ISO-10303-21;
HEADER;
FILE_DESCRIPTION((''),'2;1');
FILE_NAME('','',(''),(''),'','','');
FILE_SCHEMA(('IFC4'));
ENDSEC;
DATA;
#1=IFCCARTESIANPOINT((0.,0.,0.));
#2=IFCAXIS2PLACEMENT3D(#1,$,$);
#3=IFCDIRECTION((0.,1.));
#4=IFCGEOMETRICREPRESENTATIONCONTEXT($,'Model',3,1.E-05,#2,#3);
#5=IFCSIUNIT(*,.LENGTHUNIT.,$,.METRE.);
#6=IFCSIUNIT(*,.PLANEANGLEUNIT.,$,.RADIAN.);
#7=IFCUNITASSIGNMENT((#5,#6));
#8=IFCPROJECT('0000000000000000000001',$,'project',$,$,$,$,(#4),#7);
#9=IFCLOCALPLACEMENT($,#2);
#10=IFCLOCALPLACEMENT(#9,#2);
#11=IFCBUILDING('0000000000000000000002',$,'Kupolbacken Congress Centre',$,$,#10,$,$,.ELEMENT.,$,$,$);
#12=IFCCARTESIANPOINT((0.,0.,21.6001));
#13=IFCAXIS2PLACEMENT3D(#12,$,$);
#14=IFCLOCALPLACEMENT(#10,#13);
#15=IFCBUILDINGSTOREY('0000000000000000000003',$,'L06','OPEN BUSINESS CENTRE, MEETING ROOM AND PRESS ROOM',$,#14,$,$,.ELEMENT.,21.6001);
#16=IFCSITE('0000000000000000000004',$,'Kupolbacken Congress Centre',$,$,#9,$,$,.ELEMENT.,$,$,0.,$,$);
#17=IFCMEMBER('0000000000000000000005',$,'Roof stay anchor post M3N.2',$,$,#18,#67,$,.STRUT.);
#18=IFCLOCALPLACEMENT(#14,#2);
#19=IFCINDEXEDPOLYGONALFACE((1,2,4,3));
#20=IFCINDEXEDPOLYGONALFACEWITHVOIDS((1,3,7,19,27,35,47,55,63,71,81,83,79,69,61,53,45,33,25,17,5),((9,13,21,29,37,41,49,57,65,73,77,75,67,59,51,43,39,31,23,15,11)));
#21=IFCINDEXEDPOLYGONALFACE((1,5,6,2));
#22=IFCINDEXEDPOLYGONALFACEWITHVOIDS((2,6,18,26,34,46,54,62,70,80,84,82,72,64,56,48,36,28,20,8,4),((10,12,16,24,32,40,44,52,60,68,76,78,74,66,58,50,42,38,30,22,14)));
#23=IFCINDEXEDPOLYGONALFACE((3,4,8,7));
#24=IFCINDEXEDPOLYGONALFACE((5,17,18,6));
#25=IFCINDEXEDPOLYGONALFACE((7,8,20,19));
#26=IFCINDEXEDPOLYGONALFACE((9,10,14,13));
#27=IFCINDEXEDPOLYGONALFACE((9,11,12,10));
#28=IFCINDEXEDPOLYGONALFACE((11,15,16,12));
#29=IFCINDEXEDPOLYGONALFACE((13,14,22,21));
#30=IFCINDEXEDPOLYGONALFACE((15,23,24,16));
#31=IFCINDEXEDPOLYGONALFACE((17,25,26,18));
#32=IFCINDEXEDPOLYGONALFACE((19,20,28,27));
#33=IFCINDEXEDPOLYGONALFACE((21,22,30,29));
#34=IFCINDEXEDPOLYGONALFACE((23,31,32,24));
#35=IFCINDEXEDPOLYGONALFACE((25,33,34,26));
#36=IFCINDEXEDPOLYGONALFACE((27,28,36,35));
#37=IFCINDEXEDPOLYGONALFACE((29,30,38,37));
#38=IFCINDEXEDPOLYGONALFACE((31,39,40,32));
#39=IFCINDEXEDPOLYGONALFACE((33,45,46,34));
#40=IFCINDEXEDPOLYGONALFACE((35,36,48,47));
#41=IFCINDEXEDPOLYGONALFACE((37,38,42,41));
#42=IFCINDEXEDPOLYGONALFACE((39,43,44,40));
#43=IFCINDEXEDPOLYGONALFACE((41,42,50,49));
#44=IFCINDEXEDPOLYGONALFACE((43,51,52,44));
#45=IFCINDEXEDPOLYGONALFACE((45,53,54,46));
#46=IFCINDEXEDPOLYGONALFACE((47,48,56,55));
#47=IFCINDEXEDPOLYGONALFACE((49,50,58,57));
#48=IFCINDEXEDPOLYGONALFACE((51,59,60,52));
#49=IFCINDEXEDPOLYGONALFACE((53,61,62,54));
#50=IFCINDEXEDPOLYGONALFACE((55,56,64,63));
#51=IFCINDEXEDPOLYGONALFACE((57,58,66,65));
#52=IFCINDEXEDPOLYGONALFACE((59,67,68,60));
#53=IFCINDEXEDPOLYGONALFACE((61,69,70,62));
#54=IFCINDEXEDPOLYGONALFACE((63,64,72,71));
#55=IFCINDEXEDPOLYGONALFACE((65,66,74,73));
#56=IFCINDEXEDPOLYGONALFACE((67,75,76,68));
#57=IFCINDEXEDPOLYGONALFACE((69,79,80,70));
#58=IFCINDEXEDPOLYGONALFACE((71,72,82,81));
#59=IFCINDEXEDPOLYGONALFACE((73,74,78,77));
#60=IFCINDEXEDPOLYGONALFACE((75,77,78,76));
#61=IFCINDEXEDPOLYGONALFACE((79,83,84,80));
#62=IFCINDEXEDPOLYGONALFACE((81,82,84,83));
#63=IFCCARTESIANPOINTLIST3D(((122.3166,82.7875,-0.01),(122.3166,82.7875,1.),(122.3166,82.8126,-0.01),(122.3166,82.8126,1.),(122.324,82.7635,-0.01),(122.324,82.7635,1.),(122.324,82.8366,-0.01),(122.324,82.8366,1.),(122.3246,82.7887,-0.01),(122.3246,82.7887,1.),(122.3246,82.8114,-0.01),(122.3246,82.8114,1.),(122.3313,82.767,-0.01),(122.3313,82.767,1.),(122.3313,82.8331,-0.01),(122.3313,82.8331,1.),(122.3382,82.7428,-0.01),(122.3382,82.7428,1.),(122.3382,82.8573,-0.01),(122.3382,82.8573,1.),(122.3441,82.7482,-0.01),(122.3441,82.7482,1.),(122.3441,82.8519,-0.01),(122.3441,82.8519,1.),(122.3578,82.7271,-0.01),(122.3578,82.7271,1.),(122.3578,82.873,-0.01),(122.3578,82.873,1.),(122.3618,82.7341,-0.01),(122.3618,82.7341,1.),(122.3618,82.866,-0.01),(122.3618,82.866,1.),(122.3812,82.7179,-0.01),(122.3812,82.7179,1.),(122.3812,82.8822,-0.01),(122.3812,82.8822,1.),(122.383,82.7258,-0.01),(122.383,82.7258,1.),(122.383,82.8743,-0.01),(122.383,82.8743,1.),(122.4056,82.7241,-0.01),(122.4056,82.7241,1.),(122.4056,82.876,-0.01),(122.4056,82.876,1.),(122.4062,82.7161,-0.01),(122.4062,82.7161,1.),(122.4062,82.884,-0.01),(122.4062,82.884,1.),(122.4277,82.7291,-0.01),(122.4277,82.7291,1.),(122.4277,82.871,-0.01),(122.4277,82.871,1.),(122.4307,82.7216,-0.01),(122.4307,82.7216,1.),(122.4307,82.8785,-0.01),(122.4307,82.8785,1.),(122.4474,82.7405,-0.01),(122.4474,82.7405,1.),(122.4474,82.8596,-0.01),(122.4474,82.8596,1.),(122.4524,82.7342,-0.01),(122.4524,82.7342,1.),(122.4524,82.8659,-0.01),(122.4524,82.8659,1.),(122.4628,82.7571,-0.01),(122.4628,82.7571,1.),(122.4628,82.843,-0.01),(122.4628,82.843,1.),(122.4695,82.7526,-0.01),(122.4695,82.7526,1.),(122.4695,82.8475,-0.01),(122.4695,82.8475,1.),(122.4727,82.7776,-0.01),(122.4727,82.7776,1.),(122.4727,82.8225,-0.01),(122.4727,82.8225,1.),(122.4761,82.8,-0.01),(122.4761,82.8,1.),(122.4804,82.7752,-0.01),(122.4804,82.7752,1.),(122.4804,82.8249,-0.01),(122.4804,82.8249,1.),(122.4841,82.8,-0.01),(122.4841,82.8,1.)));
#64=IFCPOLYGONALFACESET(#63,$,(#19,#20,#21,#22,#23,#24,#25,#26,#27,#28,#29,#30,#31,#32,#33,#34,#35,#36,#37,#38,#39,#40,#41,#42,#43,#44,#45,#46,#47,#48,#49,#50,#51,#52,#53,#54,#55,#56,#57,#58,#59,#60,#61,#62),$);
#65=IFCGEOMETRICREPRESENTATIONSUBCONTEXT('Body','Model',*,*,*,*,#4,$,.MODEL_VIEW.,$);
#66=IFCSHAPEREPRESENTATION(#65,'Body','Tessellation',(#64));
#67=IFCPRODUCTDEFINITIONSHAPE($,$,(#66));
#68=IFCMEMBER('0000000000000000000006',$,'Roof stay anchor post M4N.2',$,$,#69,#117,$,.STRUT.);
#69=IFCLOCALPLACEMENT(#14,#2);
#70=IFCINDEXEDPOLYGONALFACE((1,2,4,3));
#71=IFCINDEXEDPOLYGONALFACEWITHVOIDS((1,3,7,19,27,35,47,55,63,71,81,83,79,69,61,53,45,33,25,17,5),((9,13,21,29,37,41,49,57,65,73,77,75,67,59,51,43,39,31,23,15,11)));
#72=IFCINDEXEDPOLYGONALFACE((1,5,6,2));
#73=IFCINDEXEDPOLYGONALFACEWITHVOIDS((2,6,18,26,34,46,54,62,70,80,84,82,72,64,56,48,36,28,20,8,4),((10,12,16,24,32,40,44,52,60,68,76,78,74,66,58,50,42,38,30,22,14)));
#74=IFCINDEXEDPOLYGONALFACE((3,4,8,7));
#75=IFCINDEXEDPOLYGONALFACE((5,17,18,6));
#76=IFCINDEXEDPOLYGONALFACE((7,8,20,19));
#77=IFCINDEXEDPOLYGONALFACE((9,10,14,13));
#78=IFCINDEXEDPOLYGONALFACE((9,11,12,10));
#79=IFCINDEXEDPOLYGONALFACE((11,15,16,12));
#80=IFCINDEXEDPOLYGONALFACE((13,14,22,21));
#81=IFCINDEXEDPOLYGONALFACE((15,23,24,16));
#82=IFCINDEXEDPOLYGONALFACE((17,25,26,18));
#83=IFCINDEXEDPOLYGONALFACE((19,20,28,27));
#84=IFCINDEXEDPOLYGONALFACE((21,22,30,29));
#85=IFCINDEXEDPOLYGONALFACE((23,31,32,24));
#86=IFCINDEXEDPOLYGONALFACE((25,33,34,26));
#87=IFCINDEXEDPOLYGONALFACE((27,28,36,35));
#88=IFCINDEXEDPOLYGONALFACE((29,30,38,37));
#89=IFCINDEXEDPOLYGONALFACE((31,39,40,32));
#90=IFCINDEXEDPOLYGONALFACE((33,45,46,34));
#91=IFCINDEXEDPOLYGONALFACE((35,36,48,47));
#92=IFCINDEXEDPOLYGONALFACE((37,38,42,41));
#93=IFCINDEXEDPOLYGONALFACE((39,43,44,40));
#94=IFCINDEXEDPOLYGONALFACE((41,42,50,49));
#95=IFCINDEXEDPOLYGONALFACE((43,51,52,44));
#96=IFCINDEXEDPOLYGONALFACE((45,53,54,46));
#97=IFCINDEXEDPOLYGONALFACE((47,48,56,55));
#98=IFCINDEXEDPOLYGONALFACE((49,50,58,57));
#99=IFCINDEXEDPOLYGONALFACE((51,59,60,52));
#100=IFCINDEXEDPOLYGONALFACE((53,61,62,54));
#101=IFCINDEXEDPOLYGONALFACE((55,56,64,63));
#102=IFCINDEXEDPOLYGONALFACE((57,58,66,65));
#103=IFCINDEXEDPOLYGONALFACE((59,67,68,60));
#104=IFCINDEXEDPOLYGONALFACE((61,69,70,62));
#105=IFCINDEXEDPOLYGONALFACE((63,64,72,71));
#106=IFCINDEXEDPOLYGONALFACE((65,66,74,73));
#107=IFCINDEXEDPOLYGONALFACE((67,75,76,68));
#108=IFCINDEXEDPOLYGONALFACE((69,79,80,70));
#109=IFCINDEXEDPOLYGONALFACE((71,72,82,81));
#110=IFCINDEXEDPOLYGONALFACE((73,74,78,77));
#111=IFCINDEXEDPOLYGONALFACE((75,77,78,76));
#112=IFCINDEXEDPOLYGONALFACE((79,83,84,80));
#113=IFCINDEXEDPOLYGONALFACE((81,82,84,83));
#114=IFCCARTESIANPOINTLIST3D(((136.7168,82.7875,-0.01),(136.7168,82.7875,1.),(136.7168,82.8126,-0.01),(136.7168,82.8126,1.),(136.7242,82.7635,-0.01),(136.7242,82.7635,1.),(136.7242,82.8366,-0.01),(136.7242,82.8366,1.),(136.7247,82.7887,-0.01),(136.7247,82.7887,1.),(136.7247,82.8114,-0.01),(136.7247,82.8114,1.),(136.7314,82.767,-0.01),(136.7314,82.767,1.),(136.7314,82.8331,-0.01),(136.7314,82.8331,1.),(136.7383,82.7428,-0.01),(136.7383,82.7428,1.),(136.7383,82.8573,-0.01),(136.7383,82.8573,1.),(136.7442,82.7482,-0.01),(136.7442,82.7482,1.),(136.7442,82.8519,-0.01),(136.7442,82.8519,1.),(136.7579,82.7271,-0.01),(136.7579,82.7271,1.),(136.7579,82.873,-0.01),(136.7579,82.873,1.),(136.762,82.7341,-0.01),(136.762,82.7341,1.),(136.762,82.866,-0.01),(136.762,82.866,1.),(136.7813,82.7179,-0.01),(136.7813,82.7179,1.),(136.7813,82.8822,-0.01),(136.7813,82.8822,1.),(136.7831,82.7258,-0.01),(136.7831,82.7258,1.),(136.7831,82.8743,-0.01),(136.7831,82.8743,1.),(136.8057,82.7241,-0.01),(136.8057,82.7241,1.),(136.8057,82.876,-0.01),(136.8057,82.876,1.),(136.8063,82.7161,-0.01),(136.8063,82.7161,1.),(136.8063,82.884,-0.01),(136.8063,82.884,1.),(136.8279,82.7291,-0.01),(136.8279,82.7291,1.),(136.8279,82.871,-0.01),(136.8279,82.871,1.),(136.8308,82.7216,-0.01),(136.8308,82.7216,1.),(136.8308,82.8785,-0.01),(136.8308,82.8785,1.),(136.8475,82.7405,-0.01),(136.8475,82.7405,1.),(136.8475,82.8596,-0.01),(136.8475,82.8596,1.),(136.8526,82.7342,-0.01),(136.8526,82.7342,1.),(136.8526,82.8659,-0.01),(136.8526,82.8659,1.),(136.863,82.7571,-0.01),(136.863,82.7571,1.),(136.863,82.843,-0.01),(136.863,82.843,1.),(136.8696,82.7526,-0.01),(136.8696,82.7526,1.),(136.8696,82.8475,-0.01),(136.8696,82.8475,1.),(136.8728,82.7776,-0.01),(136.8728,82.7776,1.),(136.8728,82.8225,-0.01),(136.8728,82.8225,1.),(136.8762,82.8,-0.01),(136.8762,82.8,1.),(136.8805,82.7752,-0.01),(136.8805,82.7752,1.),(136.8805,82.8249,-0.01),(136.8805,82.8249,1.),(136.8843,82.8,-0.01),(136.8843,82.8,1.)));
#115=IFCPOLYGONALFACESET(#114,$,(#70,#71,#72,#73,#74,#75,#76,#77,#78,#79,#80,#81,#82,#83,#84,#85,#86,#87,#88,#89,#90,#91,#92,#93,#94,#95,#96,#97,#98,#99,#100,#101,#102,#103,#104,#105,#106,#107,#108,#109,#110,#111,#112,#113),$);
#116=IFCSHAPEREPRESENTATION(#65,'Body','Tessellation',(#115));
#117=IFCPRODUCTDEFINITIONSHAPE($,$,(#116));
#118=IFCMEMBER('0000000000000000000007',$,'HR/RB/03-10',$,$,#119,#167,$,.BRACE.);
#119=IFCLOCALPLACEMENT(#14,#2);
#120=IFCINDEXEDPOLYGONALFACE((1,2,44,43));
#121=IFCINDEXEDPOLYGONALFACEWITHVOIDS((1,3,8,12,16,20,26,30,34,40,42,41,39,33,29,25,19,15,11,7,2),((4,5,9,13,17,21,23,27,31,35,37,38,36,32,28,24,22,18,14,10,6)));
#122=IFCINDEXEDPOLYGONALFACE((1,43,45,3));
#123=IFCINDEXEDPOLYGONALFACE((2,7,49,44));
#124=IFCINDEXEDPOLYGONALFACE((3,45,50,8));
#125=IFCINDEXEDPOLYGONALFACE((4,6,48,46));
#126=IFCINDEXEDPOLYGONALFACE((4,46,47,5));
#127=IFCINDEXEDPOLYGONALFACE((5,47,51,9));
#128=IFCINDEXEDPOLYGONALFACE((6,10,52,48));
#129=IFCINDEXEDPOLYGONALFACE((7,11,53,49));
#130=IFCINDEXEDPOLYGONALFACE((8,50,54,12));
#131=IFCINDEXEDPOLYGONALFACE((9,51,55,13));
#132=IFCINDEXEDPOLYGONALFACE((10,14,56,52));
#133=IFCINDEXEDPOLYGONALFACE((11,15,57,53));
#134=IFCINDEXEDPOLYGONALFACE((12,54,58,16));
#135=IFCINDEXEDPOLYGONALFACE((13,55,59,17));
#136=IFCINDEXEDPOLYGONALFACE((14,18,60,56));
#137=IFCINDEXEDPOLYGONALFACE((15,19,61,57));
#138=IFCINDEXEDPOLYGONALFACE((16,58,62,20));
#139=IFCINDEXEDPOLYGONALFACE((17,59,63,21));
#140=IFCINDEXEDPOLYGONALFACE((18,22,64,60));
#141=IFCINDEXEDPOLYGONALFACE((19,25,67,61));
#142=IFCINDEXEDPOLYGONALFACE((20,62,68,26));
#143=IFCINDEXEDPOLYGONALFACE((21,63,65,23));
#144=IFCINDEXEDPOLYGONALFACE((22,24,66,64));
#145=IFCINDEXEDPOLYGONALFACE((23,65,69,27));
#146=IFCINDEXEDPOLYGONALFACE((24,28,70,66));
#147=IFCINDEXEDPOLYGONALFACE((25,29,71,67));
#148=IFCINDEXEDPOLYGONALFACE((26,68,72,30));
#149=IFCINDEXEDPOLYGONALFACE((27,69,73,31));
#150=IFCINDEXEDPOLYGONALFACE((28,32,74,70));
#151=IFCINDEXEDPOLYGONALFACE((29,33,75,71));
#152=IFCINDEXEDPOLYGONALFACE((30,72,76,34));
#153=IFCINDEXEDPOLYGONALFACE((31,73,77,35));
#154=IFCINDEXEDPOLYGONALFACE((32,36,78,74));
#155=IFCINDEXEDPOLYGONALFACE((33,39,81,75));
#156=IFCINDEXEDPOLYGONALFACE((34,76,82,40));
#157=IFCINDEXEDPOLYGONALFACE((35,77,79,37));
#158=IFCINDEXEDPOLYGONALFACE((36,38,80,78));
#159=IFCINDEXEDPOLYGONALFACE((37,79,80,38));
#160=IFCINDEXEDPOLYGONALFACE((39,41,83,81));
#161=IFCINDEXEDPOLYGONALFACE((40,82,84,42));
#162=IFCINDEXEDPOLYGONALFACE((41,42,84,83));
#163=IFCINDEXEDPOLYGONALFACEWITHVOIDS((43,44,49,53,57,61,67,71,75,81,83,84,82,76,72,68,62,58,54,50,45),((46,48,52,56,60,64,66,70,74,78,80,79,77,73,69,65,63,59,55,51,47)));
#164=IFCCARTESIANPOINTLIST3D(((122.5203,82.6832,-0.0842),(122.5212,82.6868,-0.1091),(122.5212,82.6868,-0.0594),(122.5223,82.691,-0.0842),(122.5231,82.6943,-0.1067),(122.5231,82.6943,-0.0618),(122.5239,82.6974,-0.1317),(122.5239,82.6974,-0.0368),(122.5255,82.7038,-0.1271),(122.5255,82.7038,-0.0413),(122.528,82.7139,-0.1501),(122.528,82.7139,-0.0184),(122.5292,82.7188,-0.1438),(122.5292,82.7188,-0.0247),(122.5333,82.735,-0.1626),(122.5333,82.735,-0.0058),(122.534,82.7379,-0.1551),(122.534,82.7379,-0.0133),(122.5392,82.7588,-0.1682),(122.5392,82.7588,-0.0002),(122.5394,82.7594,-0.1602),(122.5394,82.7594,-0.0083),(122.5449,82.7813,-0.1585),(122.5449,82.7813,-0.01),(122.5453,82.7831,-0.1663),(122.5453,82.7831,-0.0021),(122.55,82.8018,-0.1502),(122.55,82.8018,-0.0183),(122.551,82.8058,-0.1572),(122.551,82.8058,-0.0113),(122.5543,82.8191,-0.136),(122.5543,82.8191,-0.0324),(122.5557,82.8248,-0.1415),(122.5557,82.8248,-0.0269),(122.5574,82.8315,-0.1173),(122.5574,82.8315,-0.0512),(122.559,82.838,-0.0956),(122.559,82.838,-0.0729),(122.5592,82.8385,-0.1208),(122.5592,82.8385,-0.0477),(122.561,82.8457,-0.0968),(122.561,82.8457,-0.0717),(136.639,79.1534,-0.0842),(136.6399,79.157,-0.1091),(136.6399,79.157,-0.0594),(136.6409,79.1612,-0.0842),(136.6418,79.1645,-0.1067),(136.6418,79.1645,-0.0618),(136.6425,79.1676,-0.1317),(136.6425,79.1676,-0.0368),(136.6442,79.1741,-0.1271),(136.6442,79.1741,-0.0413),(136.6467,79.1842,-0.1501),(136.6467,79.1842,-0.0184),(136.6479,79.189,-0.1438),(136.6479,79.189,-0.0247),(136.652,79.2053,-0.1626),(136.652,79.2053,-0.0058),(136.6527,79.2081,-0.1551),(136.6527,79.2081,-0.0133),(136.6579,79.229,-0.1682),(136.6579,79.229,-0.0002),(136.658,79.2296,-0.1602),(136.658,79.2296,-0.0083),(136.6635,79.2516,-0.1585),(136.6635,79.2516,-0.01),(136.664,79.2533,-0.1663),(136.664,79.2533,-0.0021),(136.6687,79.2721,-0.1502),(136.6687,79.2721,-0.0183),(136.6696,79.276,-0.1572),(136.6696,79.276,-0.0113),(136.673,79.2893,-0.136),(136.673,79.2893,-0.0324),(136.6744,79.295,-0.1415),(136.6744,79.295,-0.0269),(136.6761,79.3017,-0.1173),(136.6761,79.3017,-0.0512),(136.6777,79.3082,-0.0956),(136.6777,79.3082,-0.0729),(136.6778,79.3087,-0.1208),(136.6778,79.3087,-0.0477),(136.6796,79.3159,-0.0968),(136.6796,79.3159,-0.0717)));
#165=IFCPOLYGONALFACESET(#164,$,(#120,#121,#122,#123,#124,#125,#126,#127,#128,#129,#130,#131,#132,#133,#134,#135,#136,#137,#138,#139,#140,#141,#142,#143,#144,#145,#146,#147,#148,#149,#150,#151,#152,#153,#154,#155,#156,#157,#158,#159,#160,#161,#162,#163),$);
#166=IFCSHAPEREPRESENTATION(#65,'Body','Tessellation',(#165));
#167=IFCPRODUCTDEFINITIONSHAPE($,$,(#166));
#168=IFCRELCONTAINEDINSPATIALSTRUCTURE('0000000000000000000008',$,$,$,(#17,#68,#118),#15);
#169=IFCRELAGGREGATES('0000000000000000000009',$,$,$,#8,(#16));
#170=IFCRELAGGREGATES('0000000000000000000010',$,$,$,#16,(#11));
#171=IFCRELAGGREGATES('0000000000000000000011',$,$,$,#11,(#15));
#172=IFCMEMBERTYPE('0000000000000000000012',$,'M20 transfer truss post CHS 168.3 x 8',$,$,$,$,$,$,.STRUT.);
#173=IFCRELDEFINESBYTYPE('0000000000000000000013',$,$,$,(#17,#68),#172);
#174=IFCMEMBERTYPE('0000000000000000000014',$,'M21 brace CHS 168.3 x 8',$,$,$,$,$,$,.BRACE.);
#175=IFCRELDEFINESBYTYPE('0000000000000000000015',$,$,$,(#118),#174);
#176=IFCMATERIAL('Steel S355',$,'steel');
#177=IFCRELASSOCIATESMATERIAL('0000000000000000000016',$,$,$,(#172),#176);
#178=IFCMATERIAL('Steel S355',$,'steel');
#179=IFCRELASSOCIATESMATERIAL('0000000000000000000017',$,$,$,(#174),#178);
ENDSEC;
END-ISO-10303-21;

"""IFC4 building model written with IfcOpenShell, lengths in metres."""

from ifc_helpers import new_model, si_unit, direction, frame, origin, origin_2d, place, context, subcontext, project, spatial, hollow_circle, extrude, material, material_profile, profile_set, type_object, element, save


model = new_model("IFC4")

# Units and contexts
model_context = context("Model", 3, precision=1e-05, world=origin(), true_north=direction((0.0, 1.0)))
body_context = subcontext(model_context, "Body", "Model", "MODEL_VIEW")
ifc_project = project(units=[si_unit("LENGTHUNIT", "METRE"), si_unit("PLANEANGLEUNIT", "RADIAN")], contexts=[model_context])

# Site, building, storey
site_placement = place(None, origin())
site = spatial("IfcSite", under=ifc_project, at=site_placement, Name="Kupolbacken Congress Centre", CompositionType="ELEMENT", RefElevation=0.0)
building_placement = place(site_placement, origin())
building = spatial("IfcBuilding", under=site, at=building_placement, Name="Kupolbacken Congress Centre", CompositionType="ELEMENT")
storey_placement = place(building_placement, frame((0.0, 0.0, 21.6001)))
storey = spatial("IfcBuildingStorey", under=building, at=storey_placement, Name="L06", Description="OPEN BUSINESS CENTRE, MEETING ROOM AND PRESS ROOM", CompositionType="ELEMENT", Elevation=21.6001)

# Members
ifc_material_1 = material(Name="Steel S355", Category="steel")
ifc_material_profile_1 = material_profile(ifc_material_1, hollow_circle(Radius=0.0842, WallThickness=0.0081, at=origin_2d()), Name="CHS 168.3 x 8")
ifc_profile_set_1 = profile_set([ifc_material_profile_1], Name="Steel S355")
member_type_1 = type_object("IfcMemberType", Name="M20 transfer truss post CHS 168.3 x 8", PredefinedType="STRUT", material=ifc_profile_set_1)
for number, where, z_axis, x_axis, name in (
    (1, (122.3999, 82.8, -0.01), (0.0, 0.0, 1.0), (1.0, 0.0, 0.0), "Roof stay anchor post M3N.2"),
    (2, (136.8, 82.8, -0.01), (0.0, 0.0, 1.0), (1.0, 0.0, 0.0), "Roof stay anchor post M4N.2"),
):
    element("IfcMember", number, at=place(storey_placement, frame(where, z_axis=z_axis, x_axis=x_axis)), inside=storey, type_object=member_type_1, Name=name, PredefinedType="STRUT", context=body_context, shape_type="SweptSolid", body=[
        extrude(hollow_circle(Radius=0.0842, WallThickness=0.0081, at=origin_2d()), origin(), (0.0, 0.0, 1.0), 1.01),
    ])
ifc_material_2 = material(Name="Steel S355", Category="steel")
ifc_material_profile_2 = material_profile(ifc_material_2, hollow_circle(Radius=0.0842, WallThickness=0.0081, at=origin_2d()), Name="CHS 168.3 x 8")
ifc_profile_set_2 = profile_set([ifc_material_profile_2], Name="Steel S355")
member_type_2 = type_object("IfcMemberType", Name="M21 brace CHS 168.3 x 8", PredefinedType="BRACE", material=ifc_profile_set_2)
for number, where, z_axis, x_axis, name in (
    (3, (136.6594, 79.2351, -0.0842), (-0.970141, 0.242544, 0.0), (-0.242544, -0.970141, 0.0), "HR/RB/03-10"),
):
    element("IfcMember", number, at=place(storey_placement, frame(where, z_axis=z_axis, x_axis=x_axis)), inside=storey, type_object=member_type_2, Name=name, PredefinedType="BRACE", context=body_context, shape_type="SweptSolid", body=[
        extrude(hollow_circle(Radius=0.0842, WallThickness=0.0081, at=origin_2d()), origin(), (0.0, 0.0, 1.0), 14.5532),
    ])

save(model, "model.ifc")
